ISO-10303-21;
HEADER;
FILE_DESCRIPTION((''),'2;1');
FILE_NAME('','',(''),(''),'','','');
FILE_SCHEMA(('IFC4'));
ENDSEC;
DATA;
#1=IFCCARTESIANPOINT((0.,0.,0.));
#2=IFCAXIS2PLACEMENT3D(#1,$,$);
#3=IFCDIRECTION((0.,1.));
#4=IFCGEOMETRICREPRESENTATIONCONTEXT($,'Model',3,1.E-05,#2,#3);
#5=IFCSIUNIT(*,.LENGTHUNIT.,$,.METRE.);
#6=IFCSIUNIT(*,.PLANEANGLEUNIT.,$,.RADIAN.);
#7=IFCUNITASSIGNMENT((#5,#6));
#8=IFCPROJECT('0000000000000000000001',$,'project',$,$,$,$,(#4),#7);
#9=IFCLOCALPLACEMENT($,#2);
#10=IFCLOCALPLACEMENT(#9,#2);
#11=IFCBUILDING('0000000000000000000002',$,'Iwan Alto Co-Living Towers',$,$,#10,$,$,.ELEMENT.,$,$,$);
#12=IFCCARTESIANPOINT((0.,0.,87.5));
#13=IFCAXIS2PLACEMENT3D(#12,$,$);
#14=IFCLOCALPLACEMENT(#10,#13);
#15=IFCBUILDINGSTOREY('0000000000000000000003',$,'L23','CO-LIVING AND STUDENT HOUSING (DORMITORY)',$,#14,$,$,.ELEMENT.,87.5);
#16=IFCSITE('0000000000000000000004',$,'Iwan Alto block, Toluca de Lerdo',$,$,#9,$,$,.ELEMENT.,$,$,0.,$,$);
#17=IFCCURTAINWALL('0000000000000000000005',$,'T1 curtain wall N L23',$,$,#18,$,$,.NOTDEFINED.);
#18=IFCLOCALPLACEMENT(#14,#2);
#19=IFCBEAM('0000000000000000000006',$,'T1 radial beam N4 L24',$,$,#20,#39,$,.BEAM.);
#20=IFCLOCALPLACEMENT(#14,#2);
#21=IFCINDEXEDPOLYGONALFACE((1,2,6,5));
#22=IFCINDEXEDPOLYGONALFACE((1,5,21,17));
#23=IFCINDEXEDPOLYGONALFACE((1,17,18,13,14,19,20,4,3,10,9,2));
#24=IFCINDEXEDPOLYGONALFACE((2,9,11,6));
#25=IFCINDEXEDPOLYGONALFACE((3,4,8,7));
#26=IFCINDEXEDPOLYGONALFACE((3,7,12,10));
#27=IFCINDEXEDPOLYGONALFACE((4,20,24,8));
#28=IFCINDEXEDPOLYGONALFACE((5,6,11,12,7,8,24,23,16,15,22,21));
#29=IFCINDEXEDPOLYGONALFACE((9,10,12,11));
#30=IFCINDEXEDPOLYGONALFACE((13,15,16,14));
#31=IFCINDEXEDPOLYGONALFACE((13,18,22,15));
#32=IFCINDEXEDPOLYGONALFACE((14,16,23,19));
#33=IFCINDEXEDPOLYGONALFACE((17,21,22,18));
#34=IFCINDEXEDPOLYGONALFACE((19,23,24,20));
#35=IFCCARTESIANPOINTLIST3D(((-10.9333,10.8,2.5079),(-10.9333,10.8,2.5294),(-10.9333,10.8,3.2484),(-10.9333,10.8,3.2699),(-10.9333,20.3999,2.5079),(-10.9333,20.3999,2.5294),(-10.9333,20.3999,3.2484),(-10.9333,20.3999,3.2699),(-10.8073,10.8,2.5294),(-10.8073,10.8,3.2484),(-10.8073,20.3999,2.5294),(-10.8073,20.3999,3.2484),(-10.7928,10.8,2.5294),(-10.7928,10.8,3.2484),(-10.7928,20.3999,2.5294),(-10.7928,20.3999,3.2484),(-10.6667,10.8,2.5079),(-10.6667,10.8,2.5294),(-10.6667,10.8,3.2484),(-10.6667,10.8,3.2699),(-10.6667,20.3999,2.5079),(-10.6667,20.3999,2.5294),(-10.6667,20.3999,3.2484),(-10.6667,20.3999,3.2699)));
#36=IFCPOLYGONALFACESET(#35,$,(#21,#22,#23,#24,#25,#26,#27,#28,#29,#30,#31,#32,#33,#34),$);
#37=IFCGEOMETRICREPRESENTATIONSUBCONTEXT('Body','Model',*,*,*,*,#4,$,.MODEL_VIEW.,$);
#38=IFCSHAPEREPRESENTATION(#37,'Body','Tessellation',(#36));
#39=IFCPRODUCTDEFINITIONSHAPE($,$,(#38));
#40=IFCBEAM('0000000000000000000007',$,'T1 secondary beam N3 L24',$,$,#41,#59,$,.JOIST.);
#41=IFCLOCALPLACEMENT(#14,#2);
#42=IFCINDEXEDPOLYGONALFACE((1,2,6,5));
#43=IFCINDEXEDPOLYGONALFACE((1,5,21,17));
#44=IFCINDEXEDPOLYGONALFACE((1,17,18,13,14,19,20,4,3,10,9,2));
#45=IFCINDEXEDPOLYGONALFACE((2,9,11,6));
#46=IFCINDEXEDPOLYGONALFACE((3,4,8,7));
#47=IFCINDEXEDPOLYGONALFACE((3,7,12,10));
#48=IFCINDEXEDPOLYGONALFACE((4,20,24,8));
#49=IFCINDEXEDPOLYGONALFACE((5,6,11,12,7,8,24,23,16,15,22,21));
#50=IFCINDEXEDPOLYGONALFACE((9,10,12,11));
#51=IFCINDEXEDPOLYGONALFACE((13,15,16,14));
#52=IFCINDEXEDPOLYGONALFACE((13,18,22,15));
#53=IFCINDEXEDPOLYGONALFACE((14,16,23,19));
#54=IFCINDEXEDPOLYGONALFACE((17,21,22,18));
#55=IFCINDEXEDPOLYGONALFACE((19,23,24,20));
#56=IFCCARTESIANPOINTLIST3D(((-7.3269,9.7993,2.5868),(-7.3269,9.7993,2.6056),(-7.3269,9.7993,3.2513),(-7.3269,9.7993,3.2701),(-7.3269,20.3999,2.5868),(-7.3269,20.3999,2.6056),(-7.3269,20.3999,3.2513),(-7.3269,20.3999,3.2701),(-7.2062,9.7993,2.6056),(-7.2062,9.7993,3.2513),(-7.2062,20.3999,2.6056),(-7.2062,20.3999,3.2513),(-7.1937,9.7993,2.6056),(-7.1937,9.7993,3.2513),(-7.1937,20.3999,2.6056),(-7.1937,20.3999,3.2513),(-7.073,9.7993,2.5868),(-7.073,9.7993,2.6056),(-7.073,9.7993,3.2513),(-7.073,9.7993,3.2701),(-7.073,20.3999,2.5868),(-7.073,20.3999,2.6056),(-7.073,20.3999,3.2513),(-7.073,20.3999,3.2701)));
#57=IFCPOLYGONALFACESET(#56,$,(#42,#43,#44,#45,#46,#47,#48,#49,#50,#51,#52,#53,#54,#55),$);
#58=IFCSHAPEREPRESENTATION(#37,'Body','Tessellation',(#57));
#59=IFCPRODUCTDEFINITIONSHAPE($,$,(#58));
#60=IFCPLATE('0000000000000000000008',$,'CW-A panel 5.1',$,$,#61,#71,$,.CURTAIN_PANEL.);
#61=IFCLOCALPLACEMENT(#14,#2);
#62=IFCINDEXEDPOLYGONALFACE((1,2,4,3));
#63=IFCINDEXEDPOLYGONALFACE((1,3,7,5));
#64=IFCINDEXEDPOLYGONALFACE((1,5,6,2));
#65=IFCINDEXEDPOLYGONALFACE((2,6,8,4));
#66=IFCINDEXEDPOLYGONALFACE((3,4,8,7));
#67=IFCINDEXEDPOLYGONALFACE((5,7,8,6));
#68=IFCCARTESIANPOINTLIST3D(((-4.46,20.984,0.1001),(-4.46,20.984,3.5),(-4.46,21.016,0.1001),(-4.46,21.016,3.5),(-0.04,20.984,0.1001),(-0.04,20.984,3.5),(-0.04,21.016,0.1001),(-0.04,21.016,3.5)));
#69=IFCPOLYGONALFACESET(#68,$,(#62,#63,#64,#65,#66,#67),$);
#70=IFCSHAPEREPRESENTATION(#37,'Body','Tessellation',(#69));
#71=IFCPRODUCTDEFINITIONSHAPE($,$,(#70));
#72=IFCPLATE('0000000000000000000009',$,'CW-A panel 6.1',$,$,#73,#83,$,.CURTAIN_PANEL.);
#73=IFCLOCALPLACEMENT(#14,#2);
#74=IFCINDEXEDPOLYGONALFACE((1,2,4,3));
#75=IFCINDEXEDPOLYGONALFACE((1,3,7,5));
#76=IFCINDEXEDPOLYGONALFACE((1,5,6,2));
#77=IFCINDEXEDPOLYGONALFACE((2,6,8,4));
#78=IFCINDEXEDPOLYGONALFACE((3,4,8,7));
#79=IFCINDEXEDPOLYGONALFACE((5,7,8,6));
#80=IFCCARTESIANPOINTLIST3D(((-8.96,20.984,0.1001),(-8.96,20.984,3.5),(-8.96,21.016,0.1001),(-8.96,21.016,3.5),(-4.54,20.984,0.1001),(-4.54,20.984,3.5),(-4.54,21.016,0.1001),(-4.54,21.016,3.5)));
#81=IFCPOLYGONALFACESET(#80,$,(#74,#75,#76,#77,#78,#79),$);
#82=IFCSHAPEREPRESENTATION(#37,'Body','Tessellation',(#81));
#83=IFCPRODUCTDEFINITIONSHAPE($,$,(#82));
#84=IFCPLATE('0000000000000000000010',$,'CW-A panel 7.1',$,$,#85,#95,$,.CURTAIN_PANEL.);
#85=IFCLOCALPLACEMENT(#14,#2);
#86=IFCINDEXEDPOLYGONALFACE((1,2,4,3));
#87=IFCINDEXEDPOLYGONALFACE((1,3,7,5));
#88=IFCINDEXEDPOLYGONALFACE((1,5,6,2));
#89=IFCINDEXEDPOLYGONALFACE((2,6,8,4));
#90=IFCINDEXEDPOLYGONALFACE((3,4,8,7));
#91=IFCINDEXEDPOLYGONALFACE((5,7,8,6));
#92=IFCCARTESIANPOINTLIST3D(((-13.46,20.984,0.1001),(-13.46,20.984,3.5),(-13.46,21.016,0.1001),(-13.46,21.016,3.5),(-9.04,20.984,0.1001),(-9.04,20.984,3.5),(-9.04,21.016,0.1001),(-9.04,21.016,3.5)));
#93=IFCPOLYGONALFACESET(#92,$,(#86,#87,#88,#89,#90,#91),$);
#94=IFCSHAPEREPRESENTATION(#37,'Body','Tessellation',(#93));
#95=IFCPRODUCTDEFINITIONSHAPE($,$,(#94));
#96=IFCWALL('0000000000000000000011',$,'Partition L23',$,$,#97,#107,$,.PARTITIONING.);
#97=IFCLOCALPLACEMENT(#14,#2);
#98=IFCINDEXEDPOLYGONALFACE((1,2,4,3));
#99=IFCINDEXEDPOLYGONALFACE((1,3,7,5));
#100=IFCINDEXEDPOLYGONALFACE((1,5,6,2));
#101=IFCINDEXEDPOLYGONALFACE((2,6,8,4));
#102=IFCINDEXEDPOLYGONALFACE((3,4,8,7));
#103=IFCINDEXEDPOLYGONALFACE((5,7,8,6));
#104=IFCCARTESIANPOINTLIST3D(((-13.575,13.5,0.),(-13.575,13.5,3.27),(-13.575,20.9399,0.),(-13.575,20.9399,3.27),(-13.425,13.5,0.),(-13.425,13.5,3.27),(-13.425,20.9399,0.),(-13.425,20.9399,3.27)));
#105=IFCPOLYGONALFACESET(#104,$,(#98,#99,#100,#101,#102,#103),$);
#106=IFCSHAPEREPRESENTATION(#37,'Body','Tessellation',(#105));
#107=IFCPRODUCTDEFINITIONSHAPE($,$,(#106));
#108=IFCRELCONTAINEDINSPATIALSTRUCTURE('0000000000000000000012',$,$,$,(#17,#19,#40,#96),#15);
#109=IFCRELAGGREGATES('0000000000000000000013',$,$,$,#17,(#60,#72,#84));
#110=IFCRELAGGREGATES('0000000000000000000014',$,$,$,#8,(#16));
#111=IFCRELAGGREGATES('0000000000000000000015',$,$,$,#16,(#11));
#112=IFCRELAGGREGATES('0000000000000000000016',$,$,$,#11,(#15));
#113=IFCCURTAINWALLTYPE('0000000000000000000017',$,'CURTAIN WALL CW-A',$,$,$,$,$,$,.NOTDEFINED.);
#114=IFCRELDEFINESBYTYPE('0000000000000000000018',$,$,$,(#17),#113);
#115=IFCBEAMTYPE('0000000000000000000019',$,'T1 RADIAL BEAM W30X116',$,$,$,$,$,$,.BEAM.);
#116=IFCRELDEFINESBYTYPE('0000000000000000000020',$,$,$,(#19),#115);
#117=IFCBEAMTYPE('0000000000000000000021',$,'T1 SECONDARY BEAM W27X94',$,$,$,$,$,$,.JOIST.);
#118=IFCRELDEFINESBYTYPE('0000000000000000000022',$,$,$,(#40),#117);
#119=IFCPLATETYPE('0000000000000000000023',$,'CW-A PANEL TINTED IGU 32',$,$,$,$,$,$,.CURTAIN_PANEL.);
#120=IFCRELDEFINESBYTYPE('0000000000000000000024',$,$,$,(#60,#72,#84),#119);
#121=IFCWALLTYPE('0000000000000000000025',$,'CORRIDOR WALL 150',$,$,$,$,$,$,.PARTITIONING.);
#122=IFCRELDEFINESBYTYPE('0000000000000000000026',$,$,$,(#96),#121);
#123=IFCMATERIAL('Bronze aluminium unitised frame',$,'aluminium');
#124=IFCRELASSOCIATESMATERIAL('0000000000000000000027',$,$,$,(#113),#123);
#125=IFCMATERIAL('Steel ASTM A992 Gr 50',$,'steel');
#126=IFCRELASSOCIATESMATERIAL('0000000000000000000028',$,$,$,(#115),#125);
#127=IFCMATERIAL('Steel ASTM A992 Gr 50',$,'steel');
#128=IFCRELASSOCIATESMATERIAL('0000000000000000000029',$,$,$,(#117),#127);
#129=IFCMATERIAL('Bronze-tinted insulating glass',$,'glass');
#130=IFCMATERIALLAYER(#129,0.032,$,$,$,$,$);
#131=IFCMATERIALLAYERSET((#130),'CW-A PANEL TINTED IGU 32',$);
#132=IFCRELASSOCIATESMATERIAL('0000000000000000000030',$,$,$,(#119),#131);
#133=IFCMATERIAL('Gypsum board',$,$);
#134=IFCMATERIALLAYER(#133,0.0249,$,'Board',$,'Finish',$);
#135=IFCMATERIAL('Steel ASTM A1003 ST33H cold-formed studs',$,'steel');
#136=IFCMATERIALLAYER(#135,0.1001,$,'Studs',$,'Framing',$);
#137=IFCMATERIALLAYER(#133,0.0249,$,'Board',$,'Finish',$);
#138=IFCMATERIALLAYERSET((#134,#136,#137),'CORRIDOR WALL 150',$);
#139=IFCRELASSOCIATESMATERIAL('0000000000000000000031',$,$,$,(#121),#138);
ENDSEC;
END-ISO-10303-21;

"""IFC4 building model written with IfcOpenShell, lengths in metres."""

from ifc_helpers import new_model, si_unit, direction, frame, frame_2d, origin, origin_2d, place, context, subcontext, project, spatial, rectangle, i_section, extrude, material, layer, layer_set, material_profile, profile_set, type_object, element, aggregate, save


model = new_model("IFC4")

# Units and contexts
model_context = context("Model", 3, precision=1e-05, world=origin(), true_north=direction((0.0, 1.0)))
body_context = subcontext(model_context, "Body", "Model", "MODEL_VIEW")
ifc_project = project(units=[si_unit("LENGTHUNIT", "METRE"), si_unit("PLANEANGLEUNIT", "RADIAN")], contexts=[model_context])

# Site, building, storey
site_placement = place(None, origin())
site = spatial("IfcSite", under=ifc_project, at=site_placement, Name="Iwan Alto block, Toluca de Lerdo", CompositionType="ELEMENT", RefElevation=0.0)
building_placement = place(site_placement, origin())
building = spatial("IfcBuilding", under=site, at=building_placement, Name="Iwan Alto Co-Living Towers", CompositionType="ELEMENT")
storey_placement = place(building_placement, frame((0.0, 0.0, 87.5)))
storey = spatial("IfcBuildingStorey", under=building, at=storey_placement, Name="L23", Description="CO-LIVING AND STUDENT HOUSING (DORMITORY)", CompositionType="ELEMENT", Elevation=87.5)

# Curtain wall
ifc_material_1 = material(Name="Bronze aluminium unitised frame", Category="aluminium")
curtain_wall_type = type_object("IfcCurtainWallType", Name="CURTAIN WALL CW-A", PredefinedType="NOTDEFINED", material=ifc_material_1)
curtain_wall_placement = place(storey_placement, origin())
curtain_wall = element("IfcCurtainWall", 1, at=curtain_wall_placement, inside=storey, type_object=curtain_wall_type, Name="T1 curtain wall N L23", PredefinedType="NOTDEFINED")

# Beams
ifc_material_2 = material(Name="Steel ASTM A992 Gr 50", Category="steel")
ifc_material_profile_1 = material_profile(ifc_material_2, i_section(OverallWidth=0.2666, OverallDepth=0.762, WebThickness=0.0144, FlangeThickness=0.0215, at=origin_2d()), Name="W30X116")
ifc_profile_set_1 = profile_set([ifc_material_profile_1], Name="Steel ASTM A992 Gr 50")
beam_type_1 = type_object("IfcBeamType", Name="T1 RADIAL BEAM W30X116", PredefinedType="BEAM", material=ifc_profile_set_1)
beam_1_placement = place(storey_placement, frame((-10.8, 20.3999, 2.8889), z_axis=(0.0, -1.0, 0.0), x_axis=(1.0, 0.0, 0.0)))
element("IfcBeam", 2, at=beam_1_placement, inside=storey, type_object=beam_type_1, Name="T1 radial beam N4 L24", PredefinedType="BEAM", context=body_context, shape_type="SweptSolid", body=[
    extrude(i_section(OverallWidth=0.2666, OverallDepth=0.762, WebThickness=0.0144, FlangeThickness=0.0215, at=origin_2d()), origin(), (0.0, 0.0, 1.0), 9.5999),
])
ifc_material_3 = material(Name="Steel ASTM A992 Gr 50", Category="steel")
ifc_material_profile_2 = material_profile(ifc_material_3, i_section(OverallWidth=0.2539, OverallDepth=0.6833, WebThickness=0.0125, FlangeThickness=0.0188, at=origin_2d()), Name="W27X94")
ifc_profile_set_2 = profile_set([ifc_material_profile_2], Name="Steel ASTM A992 Gr 50")
beam_type_2 = type_object("IfcBeamType", Name="T1 SECONDARY BEAM W27X94", PredefinedType="JOIST", material=ifc_profile_set_2)
beam_2_placement = place(storey_placement, frame((-7.2, 20.3999, 2.9285), z_axis=(0.0, -1.0, 0.0), x_axis=(1.0, 0.0, 0.0)))
element("IfcBeam", 3, at=beam_2_placement, inside=storey, type_object=beam_type_2, Name="T1 secondary beam N3 L24", PredefinedType="JOIST", context=body_context, shape_type="SweptSolid", body=[
    extrude(i_section(OverallWidth=0.2539, OverallDepth=0.6833, WebThickness=0.0125, FlangeThickness=0.0188, at=origin_2d()), origin(), (0.0, 0.0, 1.0), 10.6006),
])

# Plates
ifc_material_4 = material(Name="Bronze-tinted insulating glass", Category="glass")
ifc_layer_1 = layer(ifc_material_4, 0.032)
ifc_layer_set_1 = layer_set([ifc_layer_1], Name="CW-A PANEL TINTED IGU 32")
plate_type = type_object("IfcPlateType", Name="CW-A PANEL TINTED IGU 32", PredefinedType="CURTAIN_PANEL", material=ifc_layer_set_1)
plate_1_placement = place(storey_placement, frame((-2.25, 21.0, 0.1001), z_axis=(0.0, 0.0, 1.0), x_axis=(-1.0, 0.0, 0.0)))
plate_1 = element("IfcPlate", 4, at=plate_1_placement, type_object=plate_type, Name="CW-A panel 5.1", PredefinedType="CURTAIN_PANEL", context=body_context, shape_type="SweptSolid", body=[
    extrude(rectangle(XDim=4.4199, YDim=0.032, at=origin_2d()), origin(), (0.0, 0.0, 1.0), 3.3999),
])
plate_2_placement = place(storey_placement, frame((-6.75, 21.0, 0.1001), z_axis=(0.0, 0.0, 1.0), x_axis=(-1.0, 0.0, 0.0)))
plate_2 = element("IfcPlate", 5, at=plate_2_placement, type_object=plate_type, Name="CW-A panel 6.1", PredefinedType="CURTAIN_PANEL", context=body_context, shape_type="SweptSolid", body=[
    extrude(rectangle(XDim=4.4199, YDim=0.032, at=origin_2d()), origin(), (0.0, 0.0, 1.0), 3.3999),
])
plate_3_placement = place(storey_placement, frame((-11.25, 21.0, 0.1001), z_axis=(0.0, 0.0, 1.0), x_axis=(-1.0, 0.0, 0.0)))
plate_3 = element("IfcPlate", 6, at=plate_3_placement, type_object=plate_type, Name="CW-A panel 7.1", PredefinedType="CURTAIN_PANEL", context=body_context, shape_type="SweptSolid", body=[
    extrude(rectangle(XDim=4.4199, YDim=0.032, at=origin_2d()), origin(), (0.0, 0.0, 1.0), 3.3999),
])
aggregate(curtain_wall, [plate_1, plate_2, plate_3])

# Wall
ifc_material_5 = material(Name="Gypsum board")
ifc_layer_2 = layer(ifc_material_5, 0.0249, Name="Board", Category="Finish")
ifc_material_6 = material(Name="Steel ASTM A1003 ST33H cold-formed studs", Category="steel")
ifc_layer_3 = layer(ifc_material_6, 0.1001, Name="Studs", Category="Framing")
ifc_layer_4 = layer(ifc_material_5, 0.0249, Name="Board", Category="Finish")
ifc_layer_set_2 = layer_set([ifc_layer_2, ifc_layer_3, ifc_layer_4], Name="CORRIDOR WALL 150")
wall_type_1 = type_object("IfcWallType", Name="CORRIDOR WALL 150", PredefinedType="PARTITIONING", material=ifc_layer_set_2)
wall_1_placement = place(storey_placement, frame((-13.5, 13.5, 0.0), z_axis=(0.0, 0.0, 1.0), x_axis=(0.0, 1.0, 0.0)))
element("IfcWall", 7, at=wall_1_placement, inside=storey, type_object=wall_type_1, Name="Partition L23", PredefinedType="PARTITIONING", context=body_context, shape_type="SweptSolid", body=[
    extrude(rectangle(XDim=7.4399, YDim=0.1499, at=frame_2d((3.72, 0.0))), origin(), (0.0, 0.0, 1.0), 3.27),
])

save(model, "model.ifc")
